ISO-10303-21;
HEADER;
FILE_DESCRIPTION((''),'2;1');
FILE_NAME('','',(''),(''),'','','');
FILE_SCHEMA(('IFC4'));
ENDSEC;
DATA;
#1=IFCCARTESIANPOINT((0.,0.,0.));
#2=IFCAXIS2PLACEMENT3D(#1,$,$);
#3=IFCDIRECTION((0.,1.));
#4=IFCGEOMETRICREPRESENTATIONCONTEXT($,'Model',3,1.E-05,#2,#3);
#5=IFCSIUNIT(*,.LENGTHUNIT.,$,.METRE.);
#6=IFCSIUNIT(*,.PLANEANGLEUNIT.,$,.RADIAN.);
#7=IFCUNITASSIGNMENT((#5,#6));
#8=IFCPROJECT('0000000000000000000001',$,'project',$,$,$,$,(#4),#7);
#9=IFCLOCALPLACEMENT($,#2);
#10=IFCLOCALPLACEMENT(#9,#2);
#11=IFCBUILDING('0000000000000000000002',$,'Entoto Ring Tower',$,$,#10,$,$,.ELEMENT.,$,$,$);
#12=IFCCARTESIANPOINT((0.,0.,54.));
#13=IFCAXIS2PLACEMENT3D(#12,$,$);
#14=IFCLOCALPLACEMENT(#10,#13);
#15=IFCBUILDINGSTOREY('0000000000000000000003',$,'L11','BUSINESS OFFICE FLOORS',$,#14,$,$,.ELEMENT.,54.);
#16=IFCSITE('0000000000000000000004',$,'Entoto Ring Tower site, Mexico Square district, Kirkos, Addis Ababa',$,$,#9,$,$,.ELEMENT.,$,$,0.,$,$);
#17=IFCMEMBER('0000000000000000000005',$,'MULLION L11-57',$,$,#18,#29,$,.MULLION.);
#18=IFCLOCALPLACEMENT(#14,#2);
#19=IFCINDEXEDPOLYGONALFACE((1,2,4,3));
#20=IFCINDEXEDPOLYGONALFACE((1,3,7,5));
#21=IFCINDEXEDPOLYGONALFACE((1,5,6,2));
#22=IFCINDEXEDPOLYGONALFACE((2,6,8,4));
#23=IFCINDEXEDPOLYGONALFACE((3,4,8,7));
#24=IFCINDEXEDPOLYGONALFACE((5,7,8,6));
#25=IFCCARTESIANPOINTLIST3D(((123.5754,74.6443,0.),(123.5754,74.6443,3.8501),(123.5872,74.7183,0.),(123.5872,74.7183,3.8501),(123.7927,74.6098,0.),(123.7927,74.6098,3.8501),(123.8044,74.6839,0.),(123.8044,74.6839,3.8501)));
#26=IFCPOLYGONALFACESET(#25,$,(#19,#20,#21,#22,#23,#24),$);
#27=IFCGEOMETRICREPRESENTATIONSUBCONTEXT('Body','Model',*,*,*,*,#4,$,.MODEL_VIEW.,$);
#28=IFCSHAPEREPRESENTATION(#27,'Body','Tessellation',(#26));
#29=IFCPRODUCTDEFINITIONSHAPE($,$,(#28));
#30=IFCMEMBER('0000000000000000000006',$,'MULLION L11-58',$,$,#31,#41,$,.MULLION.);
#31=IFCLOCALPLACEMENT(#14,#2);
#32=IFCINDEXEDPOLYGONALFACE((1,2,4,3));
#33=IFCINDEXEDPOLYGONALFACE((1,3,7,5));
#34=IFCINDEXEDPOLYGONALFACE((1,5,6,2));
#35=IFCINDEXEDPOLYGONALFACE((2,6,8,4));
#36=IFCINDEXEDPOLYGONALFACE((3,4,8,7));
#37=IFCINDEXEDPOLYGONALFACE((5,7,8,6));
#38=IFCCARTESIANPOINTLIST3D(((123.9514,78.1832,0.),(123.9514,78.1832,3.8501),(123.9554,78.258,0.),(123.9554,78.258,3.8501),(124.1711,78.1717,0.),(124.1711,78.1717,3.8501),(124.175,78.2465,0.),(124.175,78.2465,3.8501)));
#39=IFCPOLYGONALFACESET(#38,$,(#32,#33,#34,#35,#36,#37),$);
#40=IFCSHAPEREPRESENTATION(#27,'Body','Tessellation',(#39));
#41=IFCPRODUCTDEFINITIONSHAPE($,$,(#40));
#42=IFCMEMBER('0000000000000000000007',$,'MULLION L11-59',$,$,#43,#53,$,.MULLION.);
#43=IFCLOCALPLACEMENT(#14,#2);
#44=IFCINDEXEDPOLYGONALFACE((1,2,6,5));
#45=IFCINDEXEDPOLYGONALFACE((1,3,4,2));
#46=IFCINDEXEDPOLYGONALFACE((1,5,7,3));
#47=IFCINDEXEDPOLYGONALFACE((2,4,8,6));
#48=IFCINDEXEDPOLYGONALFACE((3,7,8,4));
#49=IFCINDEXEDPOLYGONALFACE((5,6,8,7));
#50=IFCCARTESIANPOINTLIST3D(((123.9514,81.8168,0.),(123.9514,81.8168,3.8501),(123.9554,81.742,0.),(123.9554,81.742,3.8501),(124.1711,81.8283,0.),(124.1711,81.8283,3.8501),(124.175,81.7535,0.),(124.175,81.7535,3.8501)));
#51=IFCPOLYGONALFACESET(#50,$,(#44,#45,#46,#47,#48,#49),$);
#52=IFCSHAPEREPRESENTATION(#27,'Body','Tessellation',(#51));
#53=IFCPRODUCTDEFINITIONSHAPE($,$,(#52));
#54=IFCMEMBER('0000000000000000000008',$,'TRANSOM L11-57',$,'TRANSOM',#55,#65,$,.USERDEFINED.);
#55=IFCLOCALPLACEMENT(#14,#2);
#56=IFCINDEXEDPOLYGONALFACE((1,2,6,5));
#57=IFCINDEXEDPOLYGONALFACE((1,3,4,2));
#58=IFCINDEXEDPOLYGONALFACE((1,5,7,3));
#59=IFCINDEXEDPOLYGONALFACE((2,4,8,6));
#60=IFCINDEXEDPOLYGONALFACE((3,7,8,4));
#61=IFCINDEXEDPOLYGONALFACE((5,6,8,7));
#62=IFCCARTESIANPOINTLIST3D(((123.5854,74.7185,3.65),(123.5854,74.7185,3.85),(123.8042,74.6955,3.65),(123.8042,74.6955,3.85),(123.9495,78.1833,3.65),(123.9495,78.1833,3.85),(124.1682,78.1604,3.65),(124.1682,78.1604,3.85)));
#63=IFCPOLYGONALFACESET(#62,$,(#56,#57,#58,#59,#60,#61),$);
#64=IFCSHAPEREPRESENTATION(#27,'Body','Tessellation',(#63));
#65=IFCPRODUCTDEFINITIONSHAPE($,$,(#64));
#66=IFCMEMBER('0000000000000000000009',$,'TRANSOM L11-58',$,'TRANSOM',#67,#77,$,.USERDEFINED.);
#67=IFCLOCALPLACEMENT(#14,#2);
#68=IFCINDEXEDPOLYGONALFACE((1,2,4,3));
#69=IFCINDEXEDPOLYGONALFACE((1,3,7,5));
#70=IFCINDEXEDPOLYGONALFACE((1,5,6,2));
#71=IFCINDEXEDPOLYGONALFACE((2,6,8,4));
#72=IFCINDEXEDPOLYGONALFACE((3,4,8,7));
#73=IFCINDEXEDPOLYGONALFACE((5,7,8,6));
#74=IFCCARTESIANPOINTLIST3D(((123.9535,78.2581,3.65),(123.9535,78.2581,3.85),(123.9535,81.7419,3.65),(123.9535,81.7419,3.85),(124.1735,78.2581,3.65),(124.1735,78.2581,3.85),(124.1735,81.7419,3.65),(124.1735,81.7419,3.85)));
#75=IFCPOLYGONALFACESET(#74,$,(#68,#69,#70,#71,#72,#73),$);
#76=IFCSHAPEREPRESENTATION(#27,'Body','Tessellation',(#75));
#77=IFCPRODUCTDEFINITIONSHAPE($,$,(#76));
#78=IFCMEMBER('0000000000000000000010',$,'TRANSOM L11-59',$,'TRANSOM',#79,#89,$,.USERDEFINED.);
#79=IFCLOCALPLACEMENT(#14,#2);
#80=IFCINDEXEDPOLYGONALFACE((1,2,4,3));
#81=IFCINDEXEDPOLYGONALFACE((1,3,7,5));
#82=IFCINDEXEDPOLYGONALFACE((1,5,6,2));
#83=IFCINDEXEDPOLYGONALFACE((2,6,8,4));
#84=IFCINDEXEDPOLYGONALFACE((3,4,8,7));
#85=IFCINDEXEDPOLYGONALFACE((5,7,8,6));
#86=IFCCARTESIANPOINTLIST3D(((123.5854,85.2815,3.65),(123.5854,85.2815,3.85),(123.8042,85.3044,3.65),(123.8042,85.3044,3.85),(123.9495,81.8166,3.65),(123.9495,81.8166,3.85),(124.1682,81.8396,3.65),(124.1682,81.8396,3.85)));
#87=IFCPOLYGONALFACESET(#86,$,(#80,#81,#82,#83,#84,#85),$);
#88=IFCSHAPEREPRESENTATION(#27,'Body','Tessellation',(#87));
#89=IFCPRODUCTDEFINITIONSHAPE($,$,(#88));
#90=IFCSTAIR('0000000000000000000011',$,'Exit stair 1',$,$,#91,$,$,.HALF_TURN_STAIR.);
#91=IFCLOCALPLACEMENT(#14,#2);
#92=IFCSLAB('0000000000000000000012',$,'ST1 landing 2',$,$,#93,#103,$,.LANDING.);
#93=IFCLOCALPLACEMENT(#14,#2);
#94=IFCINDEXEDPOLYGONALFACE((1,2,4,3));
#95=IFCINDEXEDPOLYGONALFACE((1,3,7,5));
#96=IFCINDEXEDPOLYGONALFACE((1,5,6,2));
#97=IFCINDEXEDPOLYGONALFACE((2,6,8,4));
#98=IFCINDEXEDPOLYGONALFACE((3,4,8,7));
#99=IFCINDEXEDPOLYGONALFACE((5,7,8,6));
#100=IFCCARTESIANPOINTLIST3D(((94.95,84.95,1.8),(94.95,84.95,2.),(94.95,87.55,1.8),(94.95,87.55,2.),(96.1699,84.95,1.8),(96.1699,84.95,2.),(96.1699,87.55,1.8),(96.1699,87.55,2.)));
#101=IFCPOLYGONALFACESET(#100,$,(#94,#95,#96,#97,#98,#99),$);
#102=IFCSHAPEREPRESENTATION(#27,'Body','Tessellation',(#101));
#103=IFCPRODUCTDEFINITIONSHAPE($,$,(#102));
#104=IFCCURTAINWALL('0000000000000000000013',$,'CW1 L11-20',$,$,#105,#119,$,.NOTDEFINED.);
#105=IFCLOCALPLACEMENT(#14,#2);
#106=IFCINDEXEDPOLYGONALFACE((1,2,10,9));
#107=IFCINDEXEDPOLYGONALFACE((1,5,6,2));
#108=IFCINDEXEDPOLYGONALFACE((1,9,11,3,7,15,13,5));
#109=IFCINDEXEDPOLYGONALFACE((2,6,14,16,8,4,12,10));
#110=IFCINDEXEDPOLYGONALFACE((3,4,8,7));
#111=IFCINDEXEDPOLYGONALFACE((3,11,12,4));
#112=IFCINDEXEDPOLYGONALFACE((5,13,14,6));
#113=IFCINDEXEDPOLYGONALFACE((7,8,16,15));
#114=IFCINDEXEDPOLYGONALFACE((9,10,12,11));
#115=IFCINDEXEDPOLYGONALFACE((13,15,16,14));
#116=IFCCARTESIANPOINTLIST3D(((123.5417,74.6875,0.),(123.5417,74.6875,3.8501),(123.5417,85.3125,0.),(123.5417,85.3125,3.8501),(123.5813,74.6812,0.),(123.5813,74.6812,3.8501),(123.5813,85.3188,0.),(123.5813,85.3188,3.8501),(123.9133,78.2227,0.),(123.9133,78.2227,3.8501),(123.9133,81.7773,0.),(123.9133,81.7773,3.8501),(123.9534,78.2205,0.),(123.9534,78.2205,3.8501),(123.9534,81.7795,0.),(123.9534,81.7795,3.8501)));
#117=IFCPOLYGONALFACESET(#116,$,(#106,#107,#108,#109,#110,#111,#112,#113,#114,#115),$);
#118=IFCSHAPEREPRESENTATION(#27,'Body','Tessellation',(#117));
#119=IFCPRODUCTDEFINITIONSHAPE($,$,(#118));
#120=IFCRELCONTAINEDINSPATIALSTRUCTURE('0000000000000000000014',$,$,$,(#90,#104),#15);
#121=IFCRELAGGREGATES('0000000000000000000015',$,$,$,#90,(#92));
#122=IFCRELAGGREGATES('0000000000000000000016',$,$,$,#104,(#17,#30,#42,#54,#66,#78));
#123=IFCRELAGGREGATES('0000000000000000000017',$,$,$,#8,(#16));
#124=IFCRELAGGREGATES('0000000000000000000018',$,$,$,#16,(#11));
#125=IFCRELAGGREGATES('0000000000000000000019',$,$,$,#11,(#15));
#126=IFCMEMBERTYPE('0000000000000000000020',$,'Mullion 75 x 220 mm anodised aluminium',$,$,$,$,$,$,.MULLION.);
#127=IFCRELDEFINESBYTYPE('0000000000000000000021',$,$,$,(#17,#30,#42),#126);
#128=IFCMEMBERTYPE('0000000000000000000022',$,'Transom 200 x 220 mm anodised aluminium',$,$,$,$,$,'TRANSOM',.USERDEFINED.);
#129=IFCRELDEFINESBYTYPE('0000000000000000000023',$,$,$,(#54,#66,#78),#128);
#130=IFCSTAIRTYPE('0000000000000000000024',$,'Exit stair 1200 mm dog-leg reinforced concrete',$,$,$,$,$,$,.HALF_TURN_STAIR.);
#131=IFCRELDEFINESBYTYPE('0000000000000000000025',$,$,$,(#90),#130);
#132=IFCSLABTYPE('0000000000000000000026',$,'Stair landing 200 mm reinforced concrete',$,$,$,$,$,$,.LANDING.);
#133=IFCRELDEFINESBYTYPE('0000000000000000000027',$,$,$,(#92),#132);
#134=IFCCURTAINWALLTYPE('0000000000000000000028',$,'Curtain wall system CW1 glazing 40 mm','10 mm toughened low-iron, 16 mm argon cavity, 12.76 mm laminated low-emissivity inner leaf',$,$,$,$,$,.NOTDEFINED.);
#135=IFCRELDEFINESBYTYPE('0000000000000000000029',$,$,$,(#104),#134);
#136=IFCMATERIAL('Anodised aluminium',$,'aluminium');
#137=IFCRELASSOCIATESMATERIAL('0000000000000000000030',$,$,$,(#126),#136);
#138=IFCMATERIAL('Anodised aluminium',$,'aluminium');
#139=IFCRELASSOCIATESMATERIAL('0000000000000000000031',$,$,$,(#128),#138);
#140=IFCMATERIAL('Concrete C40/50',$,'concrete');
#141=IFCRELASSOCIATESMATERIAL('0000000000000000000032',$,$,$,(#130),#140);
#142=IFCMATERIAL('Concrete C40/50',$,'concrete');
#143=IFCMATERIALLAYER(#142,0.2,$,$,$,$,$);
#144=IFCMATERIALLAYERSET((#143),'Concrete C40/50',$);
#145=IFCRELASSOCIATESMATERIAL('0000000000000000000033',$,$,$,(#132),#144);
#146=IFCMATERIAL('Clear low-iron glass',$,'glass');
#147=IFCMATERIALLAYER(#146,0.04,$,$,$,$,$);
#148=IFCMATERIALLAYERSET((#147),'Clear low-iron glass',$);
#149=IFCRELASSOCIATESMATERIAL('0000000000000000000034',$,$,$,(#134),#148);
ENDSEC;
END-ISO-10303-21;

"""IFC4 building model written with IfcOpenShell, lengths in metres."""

from ifc_helpers import new_model, si_unit, direction, frame, origin, origin_2d, place, context, subcontext, project, spatial, polyline, rectangle, outline, extrude, material, layer, layer_set, material_profile, profile_set, type_object, element, aggregate, save


model = new_model("IFC4")

# Units and contexts
model_context = context("Model", 3, precision=1e-05, world=origin(), true_north=direction((0.0, 1.0)))
body_context = subcontext(model_context, "Body", "Model", "MODEL_VIEW")
ifc_project = project(units=[si_unit("LENGTHUNIT", "METRE"), si_unit("PLANEANGLEUNIT", "RADIAN")], contexts=[model_context])

# Members
ifc_material_1 = material(Name="Anodised aluminium", Category="aluminium")
ifc_material_profile_1 = material_profile(ifc_material_1, rectangle(XDim=0.075, YDim=0.22, at=origin_2d()), Name="Mullion 75 x 220 mm anodised aluminium")
ifc_profile_set_1 = profile_set([ifc_material_profile_1], Name="Anodised aluminium")
member_type_1 = type_object("IfcMemberType", Name="Mullion 75 x 220 mm anodised aluminium", PredefinedType="MULLION", material=ifc_profile_set_1)
site_placement = place(None, origin())
building_placement = place(site_placement, origin())
storey_placement = place(building_placement, frame((0.0, 0.0, 54.0)))
member_1_placement = place(storey_placement, frame((123.6899, 74.6641, 0.0), z_axis=(0.0, 0.0, 1.0), x_axis=(0.156434, 0.987688, 0.0)))
member_1 = element("IfcMember", 1, at=member_1_placement, type_object=member_type_1, Name="MULLION L11-57", PredefinedType="MULLION", context=body_context, shape_type="SweptSolid", body=[
    extrude(rectangle(XDim=0.075, YDim=0.22, at=origin_2d()), origin(), (0.0, 0.0, 1.0), 3.8501),
])
member_2_placement = place(storey_placement, frame((124.0632, 78.2148, 0.0), z_axis=(0.0, 0.0, 1.0), x_axis=(0.052336, 0.99863, 0.0)))
member_2 = element("IfcMember", 2, at=member_2_placement, type_object=member_type_1, Name="MULLION L11-58", PredefinedType="MULLION", context=body_context, shape_type="SweptSolid", body=[
    extrude(rectangle(XDim=0.075, YDim=0.22, at=origin_2d()), origin(), (0.0, 0.0, 1.0), 3.8501),
])
member_3_placement = place(storey_placement, frame((124.0632, 81.7852, 0.0), z_axis=(0.0, 0.0, 1.0), x_axis=(-0.052336, 0.99863, 0.0)))
member_3 = element("IfcMember", 3, at=member_3_placement, type_object=member_type_1, Name="MULLION L11-59", PredefinedType="MULLION", context=body_context, shape_type="SweptSolid", body=[
    extrude(rectangle(XDim=0.075, YDim=0.22, at=origin_2d()), origin(), (0.0, 0.0, 1.0), 3.8501),
])
ifc_material_2 = material(Name="Anodised aluminium", Category="aluminium")
ifc_material_profile_2 = material_profile(ifc_material_2, rectangle(XDim=0.22, YDim=0.2, at=origin_2d()), Name="Transom 200 x 220 mm anodised aluminium")
ifc_profile_set_2 = profile_set([ifc_material_profile_2], Name="Anodised aluminium")
member_type_2 = type_object("IfcMemberType", Name="Transom 200 x 220 mm anodised aluminium", ElementType="TRANSOM", PredefinedType="USERDEFINED", material=ifc_profile_set_2)
member_4_placement = place(storey_placement, frame((123.6948, 74.707, 3.75), z_axis=(0.104484, 0.994527, 0.0), x_axis=(-0.994527, 0.104484, 0.0)))
member_4 = element("IfcMember", 4, at=member_4_placement, type_object=member_type_2, Name="TRANSOM L11-57", ObjectType="TRANSOM", PredefinedType="USERDEFINED", context=body_context, shape_type="SweptSolid", body=[
    extrude(rectangle(XDim=0.22, YDim=0.2, at=origin_2d()), origin(), (0.0, 0.0, 1.0), 3.4839),
])
member_5_placement = place(storey_placement, frame((124.0635, 78.2581, 3.75), z_axis=(0.0, 1.0, 0.0), x_axis=(-1.0, 0.0, 0.0)))
member_5 = element("IfcMember", 5, at=member_5_placement, type_object=member_type_2, Name="TRANSOM L11-58", ObjectType="TRANSOM", PredefinedType="USERDEFINED", context=body_context, shape_type="SweptSolid", body=[
    extrude(rectangle(XDim=0.22, YDim=0.2, at=origin_2d()), origin(), (0.0, 0.0, 1.0), 3.4839),
])
member_6_placement = place(storey_placement, frame((124.0588, 81.8281, 3.75), z_axis=(-0.104484, 0.994527, 0.0), x_axis=(-0.994527, -0.104484, 0.0)))
member_6 = element("IfcMember", 6, at=member_6_placement, type_object=member_type_2, Name="TRANSOM L11-59", ObjectType="TRANSOM", PredefinedType="USERDEFINED", context=body_context, shape_type="SweptSolid", body=[
    extrude(rectangle(XDim=0.22, YDim=0.2, at=origin_2d()), origin(), (0.0, 0.0, 1.0), 3.4839),
])

# Site, building, storey
site = spatial("IfcSite", under=ifc_project, at=site_placement, Name="Entoto Ring Tower site, Mexico Square district, Kirkos, Addis Ababa", CompositionType="ELEMENT", RefElevation=0.0)
building = spatial("IfcBuilding", under=site, at=building_placement, Name="Entoto Ring Tower", CompositionType="ELEMENT")
storey = spatial("IfcBuildingStorey", under=building, at=storey_placement, Name="L11", Description="BUSINESS OFFICE FLOORS", CompositionType="ELEMENT", Elevation=54.0)

# Stair, slab
ifc_material_3 = material(Name="Concrete C40/50", Category="concrete")
stair_type = type_object("IfcStairType", Name="Exit stair 1200 mm dog-leg reinforced concrete", PredefinedType="HALF_TURN_STAIR", material=ifc_material_3)
stair_placement = place(storey_placement, origin())
stair = element("IfcStair", 7, at=stair_placement, inside=storey, type_object=stair_type, Name="Exit stair 1", PredefinedType="HALF_TURN_STAIR")
ifc_material_4 = material(Name="Concrete C40/50", Category="concrete")
ifc_layer_1 = layer(ifc_material_4, 0.2)
ifc_layer_set_1 = layer_set([ifc_layer_1], Name="Concrete C40/50")
slab_type = type_object("IfcSlabType", Name="Stair landing 200 mm reinforced concrete", PredefinedType="LANDING", material=ifc_layer_set_1)
slab_placement = place(storey_placement, frame((0.0, 0.0, 1.8)))
slab = element("IfcSlab", 8, at=slab_placement, type_object=slab_type, Name="ST1 landing 2", PredefinedType="LANDING", context=body_context, shape_type="SweptSolid", body=[
    extrude(outline(polyline([(94.95, 84.95), (96.1699, 84.95), (96.1699, 87.55), (94.95, 87.55), (94.95, 84.95)])), origin(), (0.0, 0.0, 1.0), 0.2),
])
aggregate(stair, [slab])

# Curtain wall
ifc_material_5 = material(Name="Clear low-iron glass", Category="glass")
ifc_layer_2 = layer(ifc_material_5, 0.04)
ifc_layer_set_2 = layer_set([ifc_layer_2], Name="Clear low-iron glass")
curtain_wall_type = type_object("IfcCurtainWallType", Name="Curtain wall system CW1 glazing 40 mm", Description="10 mm toughened low-iron, 16 mm argon cavity, 12.76 mm laminated low-emissivity inner leaf", PredefinedType="NOTDEFINED", material=ifc_layer_set_2)
curtain_wall_1_placement = place(storey_placement, origin())
curtain_wall_1 = element("IfcCurtainWall", 9, at=curtain_wall_1_placement, inside=storey, type_object=curtain_wall_type, Name="CW1 L11-20", PredefinedType="NOTDEFINED", context=body_context, shape_type="SweptSolid", body=[
    extrude(outline(polyline([(123.5813, 74.6812), (123.9534, 78.2205), (123.9534, 81.7795), (123.5813, 85.3188), (123.5417, 85.3125), (123.9133, 81.7773), (123.9133, 78.2227), (123.5417, 74.6875), (123.5813, 74.6812)])), origin(), (0.0, 0.0, 1.0), 3.8501),
])
aggregate(curtain_wall_1, [member_1, member_2, member_3, member_4, member_5, member_6])

save(model, "model.ifc")
